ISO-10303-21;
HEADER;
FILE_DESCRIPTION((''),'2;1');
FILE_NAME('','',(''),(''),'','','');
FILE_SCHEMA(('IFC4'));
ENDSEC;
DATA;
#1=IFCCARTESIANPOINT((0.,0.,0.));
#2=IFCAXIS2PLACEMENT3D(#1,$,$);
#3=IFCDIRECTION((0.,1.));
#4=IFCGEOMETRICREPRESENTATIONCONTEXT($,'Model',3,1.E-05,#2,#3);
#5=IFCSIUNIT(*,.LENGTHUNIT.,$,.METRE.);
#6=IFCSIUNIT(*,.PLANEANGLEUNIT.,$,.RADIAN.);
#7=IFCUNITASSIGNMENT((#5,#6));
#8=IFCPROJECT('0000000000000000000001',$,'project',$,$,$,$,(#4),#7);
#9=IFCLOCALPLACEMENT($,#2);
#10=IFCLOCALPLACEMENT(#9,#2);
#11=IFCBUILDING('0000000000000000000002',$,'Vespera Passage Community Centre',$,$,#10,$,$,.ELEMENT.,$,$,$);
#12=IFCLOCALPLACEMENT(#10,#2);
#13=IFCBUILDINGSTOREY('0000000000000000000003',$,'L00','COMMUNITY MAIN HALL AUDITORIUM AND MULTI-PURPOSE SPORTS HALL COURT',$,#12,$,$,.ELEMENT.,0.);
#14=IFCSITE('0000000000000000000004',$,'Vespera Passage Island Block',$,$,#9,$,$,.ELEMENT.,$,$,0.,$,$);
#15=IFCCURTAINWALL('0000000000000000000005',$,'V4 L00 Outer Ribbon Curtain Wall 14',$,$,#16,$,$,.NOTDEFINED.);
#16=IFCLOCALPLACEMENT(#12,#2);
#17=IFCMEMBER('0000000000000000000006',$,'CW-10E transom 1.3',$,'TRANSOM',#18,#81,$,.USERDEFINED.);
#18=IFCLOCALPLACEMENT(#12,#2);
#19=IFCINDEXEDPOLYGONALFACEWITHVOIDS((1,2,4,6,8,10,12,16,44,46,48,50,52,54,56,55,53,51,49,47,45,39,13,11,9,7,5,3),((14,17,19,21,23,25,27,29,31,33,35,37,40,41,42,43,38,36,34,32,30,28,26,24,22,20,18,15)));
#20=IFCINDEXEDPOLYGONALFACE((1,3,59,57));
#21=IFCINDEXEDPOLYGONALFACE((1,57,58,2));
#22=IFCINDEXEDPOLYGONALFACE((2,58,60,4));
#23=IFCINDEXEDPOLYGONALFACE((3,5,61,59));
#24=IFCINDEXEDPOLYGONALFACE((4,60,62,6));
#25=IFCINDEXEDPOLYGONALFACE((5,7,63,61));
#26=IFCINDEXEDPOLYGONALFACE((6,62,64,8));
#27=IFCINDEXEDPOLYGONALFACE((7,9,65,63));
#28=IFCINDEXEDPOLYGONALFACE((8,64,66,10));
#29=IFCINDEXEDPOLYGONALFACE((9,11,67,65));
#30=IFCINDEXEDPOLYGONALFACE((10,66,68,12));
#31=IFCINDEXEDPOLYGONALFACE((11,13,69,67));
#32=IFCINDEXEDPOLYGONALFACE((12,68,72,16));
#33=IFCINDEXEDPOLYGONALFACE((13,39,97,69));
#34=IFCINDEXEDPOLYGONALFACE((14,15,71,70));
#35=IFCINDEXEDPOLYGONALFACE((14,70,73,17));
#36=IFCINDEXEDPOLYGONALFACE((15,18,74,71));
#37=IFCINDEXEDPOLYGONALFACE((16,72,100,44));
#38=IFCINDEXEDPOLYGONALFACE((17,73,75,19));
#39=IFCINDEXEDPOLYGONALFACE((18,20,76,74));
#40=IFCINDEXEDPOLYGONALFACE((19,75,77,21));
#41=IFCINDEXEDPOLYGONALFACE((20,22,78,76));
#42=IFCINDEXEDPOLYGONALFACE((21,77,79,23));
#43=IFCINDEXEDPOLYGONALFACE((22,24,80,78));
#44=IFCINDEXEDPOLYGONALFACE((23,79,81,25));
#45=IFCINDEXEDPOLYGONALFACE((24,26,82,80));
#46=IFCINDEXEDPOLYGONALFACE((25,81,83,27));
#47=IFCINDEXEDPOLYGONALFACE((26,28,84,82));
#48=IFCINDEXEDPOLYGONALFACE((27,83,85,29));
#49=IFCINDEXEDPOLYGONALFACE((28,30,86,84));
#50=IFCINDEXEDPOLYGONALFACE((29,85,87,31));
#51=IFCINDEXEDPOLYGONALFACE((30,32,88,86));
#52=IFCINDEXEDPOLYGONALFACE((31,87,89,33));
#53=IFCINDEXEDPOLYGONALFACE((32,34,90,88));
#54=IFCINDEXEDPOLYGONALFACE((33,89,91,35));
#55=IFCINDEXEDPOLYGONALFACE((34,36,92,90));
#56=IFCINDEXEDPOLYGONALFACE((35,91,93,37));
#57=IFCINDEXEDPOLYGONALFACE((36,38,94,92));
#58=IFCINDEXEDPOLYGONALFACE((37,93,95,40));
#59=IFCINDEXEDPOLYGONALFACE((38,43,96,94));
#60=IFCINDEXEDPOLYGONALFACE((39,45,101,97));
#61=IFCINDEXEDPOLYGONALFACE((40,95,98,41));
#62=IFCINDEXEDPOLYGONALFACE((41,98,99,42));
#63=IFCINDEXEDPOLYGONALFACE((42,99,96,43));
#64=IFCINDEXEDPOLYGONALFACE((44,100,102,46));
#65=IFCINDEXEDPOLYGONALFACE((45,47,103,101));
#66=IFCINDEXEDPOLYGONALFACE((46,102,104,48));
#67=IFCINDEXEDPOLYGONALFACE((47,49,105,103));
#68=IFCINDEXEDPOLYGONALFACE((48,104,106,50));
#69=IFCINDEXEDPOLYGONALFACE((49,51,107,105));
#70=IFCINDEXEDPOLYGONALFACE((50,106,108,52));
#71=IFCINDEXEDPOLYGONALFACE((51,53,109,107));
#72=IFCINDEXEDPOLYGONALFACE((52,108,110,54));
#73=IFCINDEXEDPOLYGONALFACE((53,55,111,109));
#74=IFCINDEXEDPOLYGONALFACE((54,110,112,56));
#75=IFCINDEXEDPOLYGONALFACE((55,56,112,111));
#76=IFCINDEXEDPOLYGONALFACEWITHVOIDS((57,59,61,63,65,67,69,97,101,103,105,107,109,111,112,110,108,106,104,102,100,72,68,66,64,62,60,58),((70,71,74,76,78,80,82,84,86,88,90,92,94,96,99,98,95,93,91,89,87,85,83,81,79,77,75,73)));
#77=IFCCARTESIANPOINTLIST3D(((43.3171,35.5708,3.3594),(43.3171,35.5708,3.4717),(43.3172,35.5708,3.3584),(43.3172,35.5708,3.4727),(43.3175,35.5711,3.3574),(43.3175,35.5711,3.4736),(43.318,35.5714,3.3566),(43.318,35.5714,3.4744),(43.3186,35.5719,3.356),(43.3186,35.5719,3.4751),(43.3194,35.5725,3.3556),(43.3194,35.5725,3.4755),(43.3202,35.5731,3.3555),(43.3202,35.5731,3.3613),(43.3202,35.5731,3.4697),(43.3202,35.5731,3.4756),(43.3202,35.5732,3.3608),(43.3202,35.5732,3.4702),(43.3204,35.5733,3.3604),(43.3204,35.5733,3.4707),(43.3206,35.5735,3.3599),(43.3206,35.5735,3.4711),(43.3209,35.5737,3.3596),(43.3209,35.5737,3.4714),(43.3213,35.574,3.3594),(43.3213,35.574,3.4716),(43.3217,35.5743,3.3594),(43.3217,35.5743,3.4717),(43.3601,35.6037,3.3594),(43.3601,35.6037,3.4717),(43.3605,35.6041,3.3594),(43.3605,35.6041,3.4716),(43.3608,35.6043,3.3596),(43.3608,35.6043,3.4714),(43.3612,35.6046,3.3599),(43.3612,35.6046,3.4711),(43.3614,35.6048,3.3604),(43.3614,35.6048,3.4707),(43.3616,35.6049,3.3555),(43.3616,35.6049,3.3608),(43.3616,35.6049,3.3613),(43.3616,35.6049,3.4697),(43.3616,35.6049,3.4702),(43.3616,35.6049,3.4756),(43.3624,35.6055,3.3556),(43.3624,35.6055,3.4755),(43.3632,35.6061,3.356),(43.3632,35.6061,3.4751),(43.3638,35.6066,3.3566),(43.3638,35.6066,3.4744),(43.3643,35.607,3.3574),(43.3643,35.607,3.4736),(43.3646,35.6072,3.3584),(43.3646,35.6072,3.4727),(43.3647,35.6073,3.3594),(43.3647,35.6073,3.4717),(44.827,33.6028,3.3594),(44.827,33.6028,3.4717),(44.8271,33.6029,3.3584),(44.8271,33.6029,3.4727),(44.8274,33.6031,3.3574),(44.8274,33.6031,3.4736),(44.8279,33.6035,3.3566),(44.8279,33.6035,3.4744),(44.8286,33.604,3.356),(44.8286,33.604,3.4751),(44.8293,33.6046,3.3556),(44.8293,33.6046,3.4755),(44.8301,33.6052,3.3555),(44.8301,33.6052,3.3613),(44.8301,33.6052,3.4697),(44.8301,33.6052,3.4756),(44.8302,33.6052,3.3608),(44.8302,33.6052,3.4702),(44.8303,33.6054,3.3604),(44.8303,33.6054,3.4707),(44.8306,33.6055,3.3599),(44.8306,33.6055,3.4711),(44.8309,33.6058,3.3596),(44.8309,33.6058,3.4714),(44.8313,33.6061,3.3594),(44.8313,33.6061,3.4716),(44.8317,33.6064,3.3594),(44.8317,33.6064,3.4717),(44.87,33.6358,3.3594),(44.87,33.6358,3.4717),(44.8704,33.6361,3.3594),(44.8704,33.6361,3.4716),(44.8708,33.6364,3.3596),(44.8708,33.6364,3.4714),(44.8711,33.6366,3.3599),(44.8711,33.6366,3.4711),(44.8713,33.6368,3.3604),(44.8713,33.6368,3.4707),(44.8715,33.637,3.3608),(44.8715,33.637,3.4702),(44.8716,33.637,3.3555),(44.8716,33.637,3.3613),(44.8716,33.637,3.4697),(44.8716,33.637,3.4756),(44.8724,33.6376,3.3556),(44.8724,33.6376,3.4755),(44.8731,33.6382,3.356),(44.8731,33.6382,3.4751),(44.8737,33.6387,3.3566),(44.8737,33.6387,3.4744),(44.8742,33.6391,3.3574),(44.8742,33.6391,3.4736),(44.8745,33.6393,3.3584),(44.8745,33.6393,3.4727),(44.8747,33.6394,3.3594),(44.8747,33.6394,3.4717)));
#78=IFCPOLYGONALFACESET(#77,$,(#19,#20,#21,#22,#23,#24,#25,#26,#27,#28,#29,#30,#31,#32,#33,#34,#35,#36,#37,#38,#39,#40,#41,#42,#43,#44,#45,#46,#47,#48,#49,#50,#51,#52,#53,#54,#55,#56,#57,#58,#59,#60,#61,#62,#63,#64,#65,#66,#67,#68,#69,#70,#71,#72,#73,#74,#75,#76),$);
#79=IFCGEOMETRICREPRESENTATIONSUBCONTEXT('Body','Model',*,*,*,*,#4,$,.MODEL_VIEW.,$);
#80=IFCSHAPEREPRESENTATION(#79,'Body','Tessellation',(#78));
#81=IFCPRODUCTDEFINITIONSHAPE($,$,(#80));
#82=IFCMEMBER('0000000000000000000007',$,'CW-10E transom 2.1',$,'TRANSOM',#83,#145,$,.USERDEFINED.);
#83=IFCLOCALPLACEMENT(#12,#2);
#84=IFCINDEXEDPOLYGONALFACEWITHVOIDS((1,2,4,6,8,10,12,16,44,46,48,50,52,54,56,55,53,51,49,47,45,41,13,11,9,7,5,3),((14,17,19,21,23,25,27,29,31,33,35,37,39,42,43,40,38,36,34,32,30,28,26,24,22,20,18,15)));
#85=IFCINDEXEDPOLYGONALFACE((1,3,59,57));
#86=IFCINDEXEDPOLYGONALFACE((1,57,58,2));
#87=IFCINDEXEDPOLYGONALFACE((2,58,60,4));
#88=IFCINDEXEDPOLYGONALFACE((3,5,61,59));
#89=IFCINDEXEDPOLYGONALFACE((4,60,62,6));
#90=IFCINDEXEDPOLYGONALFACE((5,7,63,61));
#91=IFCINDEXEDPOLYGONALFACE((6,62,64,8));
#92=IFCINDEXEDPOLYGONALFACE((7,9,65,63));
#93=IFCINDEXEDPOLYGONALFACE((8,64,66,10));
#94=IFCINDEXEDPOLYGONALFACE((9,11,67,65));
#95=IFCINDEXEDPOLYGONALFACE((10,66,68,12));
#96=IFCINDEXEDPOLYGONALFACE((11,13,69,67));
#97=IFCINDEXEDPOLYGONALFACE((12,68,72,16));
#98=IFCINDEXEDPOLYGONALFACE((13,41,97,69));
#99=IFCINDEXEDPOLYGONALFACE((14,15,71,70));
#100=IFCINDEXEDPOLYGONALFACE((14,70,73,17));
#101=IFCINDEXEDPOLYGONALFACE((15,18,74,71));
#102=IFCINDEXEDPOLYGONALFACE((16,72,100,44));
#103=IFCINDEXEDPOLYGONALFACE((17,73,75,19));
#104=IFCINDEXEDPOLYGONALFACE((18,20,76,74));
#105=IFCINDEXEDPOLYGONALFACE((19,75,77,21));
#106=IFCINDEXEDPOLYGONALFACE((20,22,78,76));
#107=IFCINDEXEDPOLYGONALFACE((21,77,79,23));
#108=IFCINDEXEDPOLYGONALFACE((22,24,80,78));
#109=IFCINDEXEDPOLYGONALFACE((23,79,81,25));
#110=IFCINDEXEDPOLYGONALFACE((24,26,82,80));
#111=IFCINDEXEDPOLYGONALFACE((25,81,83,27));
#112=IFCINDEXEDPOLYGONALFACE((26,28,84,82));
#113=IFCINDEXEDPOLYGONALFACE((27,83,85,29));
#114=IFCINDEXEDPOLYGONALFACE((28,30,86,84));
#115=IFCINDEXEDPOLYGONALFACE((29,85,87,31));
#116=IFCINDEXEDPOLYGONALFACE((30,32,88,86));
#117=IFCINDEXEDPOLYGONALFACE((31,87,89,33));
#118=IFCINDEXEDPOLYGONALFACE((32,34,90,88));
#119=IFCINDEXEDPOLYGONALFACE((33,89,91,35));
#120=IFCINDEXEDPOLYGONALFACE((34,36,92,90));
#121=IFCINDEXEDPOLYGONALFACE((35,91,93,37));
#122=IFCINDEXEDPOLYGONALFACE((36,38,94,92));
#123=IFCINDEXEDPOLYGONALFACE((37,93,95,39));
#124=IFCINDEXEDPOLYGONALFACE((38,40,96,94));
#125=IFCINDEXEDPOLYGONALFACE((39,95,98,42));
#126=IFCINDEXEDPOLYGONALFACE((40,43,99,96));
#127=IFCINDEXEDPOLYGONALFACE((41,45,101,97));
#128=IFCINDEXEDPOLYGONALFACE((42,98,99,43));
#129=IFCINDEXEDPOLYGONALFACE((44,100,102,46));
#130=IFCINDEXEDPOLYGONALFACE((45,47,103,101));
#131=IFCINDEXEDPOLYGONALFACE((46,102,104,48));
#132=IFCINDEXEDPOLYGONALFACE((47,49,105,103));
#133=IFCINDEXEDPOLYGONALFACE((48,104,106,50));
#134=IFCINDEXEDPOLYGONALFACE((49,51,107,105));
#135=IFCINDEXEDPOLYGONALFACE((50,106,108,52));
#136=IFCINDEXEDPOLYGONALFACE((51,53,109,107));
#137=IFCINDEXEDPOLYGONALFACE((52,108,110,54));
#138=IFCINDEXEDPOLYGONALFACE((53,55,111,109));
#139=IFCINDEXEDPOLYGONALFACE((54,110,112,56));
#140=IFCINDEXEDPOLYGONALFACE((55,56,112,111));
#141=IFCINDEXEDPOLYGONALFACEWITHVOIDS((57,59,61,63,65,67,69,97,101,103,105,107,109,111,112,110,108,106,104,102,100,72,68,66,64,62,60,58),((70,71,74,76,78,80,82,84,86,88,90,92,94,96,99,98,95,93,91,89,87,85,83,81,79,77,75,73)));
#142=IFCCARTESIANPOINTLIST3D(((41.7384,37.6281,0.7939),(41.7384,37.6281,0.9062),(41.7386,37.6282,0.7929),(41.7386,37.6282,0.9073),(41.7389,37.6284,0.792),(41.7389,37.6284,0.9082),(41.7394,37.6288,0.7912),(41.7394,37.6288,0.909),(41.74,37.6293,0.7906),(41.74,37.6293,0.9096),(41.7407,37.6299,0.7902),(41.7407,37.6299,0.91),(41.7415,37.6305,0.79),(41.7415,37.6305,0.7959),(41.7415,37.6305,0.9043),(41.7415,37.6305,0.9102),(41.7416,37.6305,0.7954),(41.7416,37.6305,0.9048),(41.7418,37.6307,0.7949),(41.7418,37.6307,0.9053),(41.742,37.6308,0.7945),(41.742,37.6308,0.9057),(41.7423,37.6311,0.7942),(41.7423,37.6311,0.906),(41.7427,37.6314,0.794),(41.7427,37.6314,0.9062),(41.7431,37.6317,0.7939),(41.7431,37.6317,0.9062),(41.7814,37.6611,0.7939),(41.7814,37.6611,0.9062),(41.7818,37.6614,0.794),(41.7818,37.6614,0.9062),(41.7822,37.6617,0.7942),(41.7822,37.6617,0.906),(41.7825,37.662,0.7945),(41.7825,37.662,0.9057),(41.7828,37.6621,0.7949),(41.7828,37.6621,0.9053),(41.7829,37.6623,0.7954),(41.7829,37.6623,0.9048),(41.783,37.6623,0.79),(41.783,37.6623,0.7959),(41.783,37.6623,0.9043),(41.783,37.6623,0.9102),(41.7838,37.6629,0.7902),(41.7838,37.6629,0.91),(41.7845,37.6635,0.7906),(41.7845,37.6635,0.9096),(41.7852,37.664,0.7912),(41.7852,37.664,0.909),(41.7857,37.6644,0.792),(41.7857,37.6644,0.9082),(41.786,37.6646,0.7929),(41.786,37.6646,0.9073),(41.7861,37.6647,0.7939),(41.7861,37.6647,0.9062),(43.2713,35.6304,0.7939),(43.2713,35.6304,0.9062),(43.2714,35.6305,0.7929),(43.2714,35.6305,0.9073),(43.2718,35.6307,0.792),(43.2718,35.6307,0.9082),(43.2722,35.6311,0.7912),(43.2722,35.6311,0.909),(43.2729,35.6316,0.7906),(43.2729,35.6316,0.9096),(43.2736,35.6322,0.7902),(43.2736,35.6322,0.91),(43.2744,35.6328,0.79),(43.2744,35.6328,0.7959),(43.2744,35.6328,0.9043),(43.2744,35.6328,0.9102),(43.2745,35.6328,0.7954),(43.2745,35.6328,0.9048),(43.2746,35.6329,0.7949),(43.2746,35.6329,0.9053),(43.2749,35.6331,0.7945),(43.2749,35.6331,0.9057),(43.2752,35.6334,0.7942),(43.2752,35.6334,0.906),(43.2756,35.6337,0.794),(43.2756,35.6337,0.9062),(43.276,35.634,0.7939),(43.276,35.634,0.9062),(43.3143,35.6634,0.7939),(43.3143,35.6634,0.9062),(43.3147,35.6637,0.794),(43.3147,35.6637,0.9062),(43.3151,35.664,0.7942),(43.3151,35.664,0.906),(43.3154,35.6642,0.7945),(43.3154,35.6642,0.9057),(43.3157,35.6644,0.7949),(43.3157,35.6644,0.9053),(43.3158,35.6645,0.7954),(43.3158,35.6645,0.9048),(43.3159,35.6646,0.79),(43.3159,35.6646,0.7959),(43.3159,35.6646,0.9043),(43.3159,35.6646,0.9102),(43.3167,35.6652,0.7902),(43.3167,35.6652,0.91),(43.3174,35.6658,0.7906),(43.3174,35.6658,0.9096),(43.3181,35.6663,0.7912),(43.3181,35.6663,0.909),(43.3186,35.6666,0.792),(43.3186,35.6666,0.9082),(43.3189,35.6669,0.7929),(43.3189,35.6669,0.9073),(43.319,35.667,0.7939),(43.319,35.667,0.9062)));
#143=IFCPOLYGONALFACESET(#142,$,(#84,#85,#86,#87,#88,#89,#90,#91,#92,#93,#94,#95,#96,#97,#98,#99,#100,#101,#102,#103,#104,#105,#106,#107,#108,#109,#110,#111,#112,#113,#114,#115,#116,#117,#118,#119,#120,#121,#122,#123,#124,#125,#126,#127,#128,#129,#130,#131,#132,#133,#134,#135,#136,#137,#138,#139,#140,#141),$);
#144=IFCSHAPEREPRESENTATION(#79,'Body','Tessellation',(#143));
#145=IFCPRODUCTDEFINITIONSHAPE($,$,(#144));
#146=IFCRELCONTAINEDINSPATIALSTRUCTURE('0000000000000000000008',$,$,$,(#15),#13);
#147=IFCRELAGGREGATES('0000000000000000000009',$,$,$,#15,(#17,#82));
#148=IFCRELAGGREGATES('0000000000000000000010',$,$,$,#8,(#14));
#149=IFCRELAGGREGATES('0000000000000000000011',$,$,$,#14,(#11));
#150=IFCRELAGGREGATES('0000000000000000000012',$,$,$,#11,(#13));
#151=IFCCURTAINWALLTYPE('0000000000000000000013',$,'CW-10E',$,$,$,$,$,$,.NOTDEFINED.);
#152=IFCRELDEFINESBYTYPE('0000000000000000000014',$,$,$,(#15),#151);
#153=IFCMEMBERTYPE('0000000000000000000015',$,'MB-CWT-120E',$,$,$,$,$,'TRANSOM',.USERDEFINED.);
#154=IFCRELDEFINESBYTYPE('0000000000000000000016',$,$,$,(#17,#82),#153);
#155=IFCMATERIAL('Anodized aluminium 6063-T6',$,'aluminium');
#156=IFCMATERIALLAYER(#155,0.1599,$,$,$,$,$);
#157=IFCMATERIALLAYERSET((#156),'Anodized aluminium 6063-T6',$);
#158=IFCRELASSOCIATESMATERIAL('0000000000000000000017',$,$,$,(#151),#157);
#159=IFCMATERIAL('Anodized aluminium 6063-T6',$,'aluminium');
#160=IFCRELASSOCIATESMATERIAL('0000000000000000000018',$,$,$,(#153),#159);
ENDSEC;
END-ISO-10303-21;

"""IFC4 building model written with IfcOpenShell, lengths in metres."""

from ifc_helpers import new_model, si_unit, direction, frame, origin, origin_2d, place, context, subcontext, project, spatial, hollow_rectangle, extrude, material, layer, layer_set, material_profile, profile_set, type_object, element, aggregate, save


model = new_model("IFC4")

# Units and contexts
model_context = context("Model", 3, precision=1e-05, world=origin(), true_north=direction((0.0, 1.0)))
body_context = subcontext(model_context, "Body", "Model", "MODEL_VIEW")
ifc_project = project(units=[si_unit("LENGTHUNIT", "METRE"), si_unit("PLANEANGLEUNIT", "RADIAN")], contexts=[model_context])

# Site, building, storey
site_placement = place(None, origin())
site = spatial("IfcSite", under=ifc_project, at=site_placement, Name="Vespera Passage Island Block", CompositionType="ELEMENT", RefElevation=0.0)
building_placement = place(site_placement, origin())
building = spatial("IfcBuilding", under=site, at=building_placement, Name="Vespera Passage Community Centre", CompositionType="ELEMENT")
storey_placement = place(building_placement, origin())
storey = spatial("IfcBuildingStorey", under=building, at=storey_placement, Name="L00", Description="COMMUNITY MAIN HALL AUDITORIUM AND MULTI-PURPOSE SPORTS HALL COURT", CompositionType="ELEMENT", Elevation=0.0)

# Curtain wall, members
ifc_material_1 = material(Name="Anodized aluminium 6063-T6", Category="aluminium")
ifc_layer_1 = layer(ifc_material_1, 0.1599)
ifc_layer_set_1 = layer_set([ifc_layer_1], Name="Anodized aluminium 6063-T6")
curtain_wall_type = type_object("IfcCurtainWallType", Name="CW-10E", PredefinedType="NOTDEFINED", material=ifc_layer_set_1)
curtain_wall_placement = place(storey_placement, origin())
curtain_wall = element("IfcCurtainWall", 1, at=curtain_wall_placement, inside=storey, type_object=curtain_wall_type, Name="V4 L00 Outer Ribbon Curtain Wall 14", PredefinedType="NOTDEFINED")
ifc_material_2 = material(Name="Anodized aluminium 6063-T6", Category="aluminium")
ifc_material_profile_1 = material_profile(ifc_material_2, hollow_rectangle(XDim=0.0601, YDim=0.1201, WallThickness=0.0039, InnerFilletRadius=0.002, OuterFilletRadius=0.0039, at=origin_2d()), Name="ALU120X60X4")
ifc_profile_set_1 = profile_set([ifc_material_profile_1], Name="Anodized aluminium 6063-T6")
member_type_1 = type_object("IfcMemberType", Name="MB-CWT-120E", ElementType="TRANSOM", PredefinedType="USERDEFINED", material=ifc_profile_set_1)
member_1_placement = place(storey_placement, frame((44.8508, 33.6211, 3.4155), z_axis=(-0.608735, 0.793373, 0.0), x_axis=(-0.793373, -0.608735, 0.0)))
member_1 = element("IfcMember", 2, at=member_1_placement, type_object=member_type_1, Name="CW-10E transom 1.3", ObjectType="TRANSOM", PredefinedType="USERDEFINED", context=body_context, shape_type="SweptSolid", body=[
    extrude(hollow_rectangle(XDim=0.0601, YDim=0.1201, WallThickness=0.0039, InnerFilletRadius=0.002, OuterFilletRadius=0.0039, at=origin_2d()), origin(), (0.0, 0.0, 1.0), 2.4805),
])
member_2_placement = place(storey_placement, frame((43.2952, 35.6487, 0.8501), z_axis=(-0.608759, 0.793355, 0.0), x_axis=(-0.793355, -0.608759, 0.0)))
member_2 = element("IfcMember", 3, at=member_2_placement, type_object=member_type_1, Name="CW-10E transom 2.1", ObjectType="TRANSOM", PredefinedType="USERDEFINED", context=body_context, shape_type="SweptSolid", body=[
    extrude(hollow_rectangle(XDim=0.0601, YDim=0.1201, WallThickness=0.0039, InnerFilletRadius=0.002, OuterFilletRadius=0.0039, at=origin_2d()), origin(), (0.0, 0.0, 1.0), 2.5181),
])
aggregate(curtain_wall, [member_1, member_2])

save(model, "model.ifc")
